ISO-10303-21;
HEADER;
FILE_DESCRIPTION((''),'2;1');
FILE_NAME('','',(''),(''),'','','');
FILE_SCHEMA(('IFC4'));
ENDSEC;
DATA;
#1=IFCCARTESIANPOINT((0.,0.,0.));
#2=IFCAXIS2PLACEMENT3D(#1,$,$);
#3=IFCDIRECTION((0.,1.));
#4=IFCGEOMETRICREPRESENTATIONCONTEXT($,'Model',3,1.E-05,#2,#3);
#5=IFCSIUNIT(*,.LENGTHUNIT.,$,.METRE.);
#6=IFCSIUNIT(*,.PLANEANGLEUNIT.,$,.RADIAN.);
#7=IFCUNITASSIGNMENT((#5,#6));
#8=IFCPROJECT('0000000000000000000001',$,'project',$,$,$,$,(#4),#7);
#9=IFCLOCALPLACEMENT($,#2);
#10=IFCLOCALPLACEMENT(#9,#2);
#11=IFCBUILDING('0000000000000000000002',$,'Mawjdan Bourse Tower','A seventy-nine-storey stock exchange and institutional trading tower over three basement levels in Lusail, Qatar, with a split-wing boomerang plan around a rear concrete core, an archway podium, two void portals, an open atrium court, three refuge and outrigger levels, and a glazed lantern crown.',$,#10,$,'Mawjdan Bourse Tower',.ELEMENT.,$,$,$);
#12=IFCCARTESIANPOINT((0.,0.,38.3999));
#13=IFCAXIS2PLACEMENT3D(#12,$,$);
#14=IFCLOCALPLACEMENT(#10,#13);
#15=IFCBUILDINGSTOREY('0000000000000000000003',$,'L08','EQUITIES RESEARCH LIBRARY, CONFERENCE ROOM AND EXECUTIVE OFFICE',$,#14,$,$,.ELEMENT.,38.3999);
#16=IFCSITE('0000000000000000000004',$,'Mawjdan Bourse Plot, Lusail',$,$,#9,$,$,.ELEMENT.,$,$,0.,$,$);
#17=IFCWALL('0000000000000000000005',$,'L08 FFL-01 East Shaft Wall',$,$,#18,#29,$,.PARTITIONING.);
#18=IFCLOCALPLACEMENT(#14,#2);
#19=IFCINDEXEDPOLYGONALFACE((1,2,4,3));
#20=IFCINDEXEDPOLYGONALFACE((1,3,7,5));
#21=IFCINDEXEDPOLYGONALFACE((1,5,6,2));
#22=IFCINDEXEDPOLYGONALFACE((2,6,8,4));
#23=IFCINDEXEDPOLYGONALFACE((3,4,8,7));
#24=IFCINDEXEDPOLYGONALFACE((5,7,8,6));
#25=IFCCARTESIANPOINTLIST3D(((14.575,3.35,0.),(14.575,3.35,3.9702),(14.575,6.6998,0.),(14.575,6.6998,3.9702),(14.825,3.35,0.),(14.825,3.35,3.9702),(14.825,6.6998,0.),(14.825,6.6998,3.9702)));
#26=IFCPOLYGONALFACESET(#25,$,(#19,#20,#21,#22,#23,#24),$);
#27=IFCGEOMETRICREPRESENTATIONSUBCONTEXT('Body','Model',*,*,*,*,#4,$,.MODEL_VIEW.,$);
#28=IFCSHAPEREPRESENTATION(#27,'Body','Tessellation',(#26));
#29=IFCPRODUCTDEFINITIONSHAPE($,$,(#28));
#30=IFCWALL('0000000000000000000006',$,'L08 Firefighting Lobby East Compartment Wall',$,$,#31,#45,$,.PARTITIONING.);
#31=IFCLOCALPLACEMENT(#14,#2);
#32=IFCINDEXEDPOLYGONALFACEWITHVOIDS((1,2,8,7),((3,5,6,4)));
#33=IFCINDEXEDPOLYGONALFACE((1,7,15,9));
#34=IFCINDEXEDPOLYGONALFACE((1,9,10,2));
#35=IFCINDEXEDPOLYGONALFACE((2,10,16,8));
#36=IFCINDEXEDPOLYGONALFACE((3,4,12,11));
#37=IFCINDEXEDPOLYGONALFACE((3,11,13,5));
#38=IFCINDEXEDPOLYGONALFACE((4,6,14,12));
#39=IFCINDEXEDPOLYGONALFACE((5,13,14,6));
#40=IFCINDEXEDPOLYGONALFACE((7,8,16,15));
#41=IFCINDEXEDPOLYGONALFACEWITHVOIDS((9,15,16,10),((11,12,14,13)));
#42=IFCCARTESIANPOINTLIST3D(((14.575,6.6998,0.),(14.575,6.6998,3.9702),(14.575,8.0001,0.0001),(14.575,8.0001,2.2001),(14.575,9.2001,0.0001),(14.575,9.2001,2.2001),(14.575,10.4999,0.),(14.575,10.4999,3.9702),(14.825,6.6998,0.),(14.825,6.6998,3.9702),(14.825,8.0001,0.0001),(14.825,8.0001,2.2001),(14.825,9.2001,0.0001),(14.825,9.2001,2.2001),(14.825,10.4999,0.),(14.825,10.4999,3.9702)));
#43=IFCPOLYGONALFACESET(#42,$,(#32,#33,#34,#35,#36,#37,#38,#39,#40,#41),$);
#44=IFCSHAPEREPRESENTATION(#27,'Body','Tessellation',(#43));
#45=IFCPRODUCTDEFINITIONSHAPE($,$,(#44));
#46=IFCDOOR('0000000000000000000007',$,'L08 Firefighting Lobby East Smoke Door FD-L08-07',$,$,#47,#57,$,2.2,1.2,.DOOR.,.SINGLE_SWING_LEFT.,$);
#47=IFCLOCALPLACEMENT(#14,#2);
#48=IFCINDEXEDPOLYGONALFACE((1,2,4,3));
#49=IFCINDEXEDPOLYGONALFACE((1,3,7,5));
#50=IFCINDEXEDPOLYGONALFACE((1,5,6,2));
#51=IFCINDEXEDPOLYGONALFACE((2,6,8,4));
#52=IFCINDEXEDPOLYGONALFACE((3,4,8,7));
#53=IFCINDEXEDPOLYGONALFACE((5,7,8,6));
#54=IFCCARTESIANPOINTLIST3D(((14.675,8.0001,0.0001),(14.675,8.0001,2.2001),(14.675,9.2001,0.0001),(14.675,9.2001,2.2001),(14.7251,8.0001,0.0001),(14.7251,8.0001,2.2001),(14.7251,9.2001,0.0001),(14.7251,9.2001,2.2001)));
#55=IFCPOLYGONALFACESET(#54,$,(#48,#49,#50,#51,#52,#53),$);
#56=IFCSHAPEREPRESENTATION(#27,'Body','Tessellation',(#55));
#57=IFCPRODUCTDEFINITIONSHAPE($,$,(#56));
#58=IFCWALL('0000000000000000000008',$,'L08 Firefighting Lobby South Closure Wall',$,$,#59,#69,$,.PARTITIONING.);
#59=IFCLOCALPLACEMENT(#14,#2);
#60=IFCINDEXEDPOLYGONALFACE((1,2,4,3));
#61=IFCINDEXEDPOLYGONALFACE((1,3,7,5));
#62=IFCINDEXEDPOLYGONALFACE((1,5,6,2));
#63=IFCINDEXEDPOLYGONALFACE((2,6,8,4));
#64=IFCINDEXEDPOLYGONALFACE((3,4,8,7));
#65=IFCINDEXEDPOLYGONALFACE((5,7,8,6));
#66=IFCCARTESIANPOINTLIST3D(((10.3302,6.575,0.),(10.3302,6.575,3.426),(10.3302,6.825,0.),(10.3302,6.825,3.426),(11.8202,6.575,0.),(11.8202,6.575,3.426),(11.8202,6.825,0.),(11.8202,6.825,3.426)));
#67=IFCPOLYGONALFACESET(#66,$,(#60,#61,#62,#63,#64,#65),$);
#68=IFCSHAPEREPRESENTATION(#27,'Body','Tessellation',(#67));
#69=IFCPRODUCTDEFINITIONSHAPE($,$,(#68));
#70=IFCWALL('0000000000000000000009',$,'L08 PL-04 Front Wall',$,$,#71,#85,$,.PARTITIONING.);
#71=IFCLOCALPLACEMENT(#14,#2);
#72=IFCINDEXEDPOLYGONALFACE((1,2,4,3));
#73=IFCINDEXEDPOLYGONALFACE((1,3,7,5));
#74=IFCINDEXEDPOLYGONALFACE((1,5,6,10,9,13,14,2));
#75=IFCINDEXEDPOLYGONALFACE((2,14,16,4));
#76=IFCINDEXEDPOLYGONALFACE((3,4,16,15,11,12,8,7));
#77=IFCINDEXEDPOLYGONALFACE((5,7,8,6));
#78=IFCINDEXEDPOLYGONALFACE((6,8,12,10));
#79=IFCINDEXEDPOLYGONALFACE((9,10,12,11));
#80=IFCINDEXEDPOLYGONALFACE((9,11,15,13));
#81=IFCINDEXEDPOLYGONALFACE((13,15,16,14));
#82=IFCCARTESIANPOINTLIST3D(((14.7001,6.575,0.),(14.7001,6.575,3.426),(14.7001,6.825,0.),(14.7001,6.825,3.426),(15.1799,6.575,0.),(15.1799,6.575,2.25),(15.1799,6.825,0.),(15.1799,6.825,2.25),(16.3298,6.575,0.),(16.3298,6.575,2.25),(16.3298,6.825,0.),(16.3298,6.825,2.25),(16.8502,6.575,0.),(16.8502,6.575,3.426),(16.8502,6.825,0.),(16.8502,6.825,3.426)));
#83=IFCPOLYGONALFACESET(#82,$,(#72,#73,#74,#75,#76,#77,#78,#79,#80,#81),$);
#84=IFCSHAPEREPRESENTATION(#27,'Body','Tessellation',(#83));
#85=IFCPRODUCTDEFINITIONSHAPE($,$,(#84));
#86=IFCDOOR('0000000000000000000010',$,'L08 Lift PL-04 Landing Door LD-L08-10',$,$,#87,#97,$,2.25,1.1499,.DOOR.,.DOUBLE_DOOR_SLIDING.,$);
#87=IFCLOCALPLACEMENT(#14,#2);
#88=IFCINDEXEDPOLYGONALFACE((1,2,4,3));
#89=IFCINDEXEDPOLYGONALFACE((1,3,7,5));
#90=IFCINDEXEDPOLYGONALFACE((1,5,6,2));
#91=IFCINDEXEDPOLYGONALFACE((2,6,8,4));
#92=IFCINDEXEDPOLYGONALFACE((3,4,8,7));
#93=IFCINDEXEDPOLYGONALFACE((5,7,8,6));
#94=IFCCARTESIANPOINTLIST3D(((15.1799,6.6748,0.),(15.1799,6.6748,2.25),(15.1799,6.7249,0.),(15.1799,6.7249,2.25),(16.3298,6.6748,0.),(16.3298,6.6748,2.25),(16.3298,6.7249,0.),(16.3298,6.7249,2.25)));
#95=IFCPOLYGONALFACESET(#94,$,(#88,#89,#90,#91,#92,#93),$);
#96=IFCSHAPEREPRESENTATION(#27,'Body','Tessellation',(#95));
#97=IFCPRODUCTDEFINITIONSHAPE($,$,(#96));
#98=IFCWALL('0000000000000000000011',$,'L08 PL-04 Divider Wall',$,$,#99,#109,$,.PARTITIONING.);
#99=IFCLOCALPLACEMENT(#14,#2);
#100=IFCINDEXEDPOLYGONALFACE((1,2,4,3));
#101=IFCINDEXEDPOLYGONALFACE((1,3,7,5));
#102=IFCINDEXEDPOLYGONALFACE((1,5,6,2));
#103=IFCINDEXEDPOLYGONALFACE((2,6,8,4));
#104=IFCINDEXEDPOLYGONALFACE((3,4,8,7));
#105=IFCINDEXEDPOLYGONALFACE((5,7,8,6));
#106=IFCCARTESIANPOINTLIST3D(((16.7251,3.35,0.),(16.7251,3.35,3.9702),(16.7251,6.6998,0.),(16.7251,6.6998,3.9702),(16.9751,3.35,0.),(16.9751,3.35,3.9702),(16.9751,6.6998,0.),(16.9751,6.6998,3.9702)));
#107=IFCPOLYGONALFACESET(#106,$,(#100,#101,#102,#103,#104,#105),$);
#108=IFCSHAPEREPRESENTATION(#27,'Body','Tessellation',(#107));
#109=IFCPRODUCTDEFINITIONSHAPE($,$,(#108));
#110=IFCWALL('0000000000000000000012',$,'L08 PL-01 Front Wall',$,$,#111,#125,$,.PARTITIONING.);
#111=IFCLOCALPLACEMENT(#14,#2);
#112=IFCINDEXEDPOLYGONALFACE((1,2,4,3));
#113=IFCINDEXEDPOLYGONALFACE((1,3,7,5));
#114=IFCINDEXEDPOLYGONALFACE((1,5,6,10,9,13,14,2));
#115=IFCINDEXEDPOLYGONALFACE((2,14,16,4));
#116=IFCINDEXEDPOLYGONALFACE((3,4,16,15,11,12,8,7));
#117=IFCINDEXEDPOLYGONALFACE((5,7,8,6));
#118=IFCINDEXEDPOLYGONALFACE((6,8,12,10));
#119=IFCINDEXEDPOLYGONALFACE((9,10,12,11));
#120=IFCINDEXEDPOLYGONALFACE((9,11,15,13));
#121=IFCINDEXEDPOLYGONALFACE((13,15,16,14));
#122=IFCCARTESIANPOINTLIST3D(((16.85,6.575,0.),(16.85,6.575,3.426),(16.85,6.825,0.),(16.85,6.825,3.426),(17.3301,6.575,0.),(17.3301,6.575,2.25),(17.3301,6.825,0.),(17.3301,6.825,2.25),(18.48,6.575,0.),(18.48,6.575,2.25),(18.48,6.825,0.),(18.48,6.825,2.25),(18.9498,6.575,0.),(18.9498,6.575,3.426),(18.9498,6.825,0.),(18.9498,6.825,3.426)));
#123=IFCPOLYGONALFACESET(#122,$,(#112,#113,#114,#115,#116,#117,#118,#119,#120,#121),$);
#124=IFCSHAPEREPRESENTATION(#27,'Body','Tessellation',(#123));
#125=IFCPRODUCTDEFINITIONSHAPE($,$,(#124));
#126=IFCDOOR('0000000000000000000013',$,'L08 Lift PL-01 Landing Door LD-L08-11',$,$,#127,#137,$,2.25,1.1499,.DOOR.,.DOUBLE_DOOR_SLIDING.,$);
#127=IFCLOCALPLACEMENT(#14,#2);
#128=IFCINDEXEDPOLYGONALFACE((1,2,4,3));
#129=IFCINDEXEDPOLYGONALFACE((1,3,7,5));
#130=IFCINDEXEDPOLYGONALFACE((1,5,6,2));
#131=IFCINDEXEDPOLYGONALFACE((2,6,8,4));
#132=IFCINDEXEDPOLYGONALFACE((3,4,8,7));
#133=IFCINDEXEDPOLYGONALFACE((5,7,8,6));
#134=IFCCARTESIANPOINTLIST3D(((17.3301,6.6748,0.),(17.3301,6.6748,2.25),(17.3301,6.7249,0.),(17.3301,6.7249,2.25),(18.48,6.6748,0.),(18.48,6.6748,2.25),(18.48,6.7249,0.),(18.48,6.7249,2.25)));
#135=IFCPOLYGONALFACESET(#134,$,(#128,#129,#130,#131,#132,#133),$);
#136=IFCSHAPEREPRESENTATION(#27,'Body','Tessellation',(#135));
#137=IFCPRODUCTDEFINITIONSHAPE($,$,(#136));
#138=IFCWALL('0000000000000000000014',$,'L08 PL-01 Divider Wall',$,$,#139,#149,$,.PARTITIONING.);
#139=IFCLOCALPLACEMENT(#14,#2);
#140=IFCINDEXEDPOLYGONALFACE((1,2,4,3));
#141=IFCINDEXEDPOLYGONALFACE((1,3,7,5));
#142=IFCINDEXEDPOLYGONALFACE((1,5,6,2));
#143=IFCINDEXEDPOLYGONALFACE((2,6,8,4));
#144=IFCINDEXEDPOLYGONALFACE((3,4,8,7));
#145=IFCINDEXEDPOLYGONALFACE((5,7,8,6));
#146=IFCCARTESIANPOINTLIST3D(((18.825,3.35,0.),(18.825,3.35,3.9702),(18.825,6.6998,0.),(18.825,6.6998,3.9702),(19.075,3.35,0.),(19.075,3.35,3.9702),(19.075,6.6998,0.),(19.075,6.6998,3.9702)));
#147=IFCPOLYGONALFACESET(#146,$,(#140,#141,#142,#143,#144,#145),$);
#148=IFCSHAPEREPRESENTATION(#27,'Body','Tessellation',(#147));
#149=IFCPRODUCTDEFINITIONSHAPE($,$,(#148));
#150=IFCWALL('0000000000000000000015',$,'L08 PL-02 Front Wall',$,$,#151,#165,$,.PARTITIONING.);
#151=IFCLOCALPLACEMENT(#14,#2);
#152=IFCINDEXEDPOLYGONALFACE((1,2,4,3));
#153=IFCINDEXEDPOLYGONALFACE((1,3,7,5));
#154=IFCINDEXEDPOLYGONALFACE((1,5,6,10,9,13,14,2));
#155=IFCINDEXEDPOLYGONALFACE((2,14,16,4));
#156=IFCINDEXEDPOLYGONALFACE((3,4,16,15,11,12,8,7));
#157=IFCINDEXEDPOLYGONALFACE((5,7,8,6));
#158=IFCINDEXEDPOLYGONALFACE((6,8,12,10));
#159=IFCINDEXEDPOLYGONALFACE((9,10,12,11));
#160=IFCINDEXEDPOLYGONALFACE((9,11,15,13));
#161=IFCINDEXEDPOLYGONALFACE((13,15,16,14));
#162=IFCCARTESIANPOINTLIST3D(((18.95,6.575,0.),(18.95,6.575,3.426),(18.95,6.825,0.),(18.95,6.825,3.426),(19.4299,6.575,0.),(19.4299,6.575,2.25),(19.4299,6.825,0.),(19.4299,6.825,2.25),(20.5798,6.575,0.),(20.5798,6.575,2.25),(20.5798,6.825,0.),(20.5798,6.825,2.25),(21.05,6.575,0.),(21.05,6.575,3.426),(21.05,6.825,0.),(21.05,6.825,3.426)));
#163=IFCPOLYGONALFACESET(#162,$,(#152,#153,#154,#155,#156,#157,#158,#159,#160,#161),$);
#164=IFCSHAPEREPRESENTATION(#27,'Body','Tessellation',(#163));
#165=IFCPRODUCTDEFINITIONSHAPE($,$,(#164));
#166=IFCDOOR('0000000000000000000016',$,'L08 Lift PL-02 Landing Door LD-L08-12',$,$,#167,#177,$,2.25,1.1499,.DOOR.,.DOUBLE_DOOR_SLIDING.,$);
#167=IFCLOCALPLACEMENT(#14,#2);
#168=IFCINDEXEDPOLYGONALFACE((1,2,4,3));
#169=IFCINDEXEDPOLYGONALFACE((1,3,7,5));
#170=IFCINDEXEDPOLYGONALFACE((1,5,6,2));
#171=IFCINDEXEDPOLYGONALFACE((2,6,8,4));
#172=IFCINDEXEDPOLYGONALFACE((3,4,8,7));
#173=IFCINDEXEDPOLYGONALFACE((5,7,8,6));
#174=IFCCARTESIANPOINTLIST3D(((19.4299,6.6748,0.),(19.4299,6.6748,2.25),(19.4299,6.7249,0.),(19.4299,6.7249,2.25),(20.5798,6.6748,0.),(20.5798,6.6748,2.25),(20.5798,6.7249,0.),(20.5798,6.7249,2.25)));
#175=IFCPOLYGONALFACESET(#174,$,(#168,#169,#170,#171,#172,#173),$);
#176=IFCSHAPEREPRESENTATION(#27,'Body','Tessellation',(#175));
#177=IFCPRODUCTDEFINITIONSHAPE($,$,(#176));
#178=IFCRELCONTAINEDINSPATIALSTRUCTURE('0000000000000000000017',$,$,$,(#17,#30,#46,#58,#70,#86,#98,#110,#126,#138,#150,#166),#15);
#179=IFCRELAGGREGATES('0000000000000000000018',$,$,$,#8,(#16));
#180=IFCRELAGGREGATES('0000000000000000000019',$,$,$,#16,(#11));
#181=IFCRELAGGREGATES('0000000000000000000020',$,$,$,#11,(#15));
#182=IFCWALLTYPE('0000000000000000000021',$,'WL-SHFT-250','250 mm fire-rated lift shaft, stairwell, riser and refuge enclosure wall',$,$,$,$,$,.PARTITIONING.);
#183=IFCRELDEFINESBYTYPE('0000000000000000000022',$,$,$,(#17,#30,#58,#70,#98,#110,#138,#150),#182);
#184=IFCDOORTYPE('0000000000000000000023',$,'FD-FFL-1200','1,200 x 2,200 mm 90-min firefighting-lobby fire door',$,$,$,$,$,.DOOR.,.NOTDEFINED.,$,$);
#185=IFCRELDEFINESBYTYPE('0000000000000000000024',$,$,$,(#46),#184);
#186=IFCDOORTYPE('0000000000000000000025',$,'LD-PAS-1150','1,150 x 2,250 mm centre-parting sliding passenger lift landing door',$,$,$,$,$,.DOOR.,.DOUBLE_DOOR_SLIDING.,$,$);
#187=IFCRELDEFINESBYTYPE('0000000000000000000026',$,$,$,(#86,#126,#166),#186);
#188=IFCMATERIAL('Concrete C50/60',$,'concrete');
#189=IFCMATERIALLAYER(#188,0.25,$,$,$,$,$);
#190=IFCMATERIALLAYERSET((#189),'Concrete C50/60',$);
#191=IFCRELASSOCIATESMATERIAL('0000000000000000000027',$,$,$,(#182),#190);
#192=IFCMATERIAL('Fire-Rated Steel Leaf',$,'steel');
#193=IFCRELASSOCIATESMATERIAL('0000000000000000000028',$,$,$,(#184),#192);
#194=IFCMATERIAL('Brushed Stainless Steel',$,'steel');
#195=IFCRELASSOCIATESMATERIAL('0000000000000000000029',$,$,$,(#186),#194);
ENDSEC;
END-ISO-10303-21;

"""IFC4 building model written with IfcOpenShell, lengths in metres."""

from ifc_helpers import new_model, si_unit, direction, frame, frame_2d, origin, place, context, subcontext, project, spatial, rectangle, extrude, material, layer, layer_set, type_object, element, fill, save


model = new_model("IFC4")

# Units and contexts
model_context = context("Model", 3, precision=1e-05, world=origin(), true_north=direction((0.0, 1.0)))
body_context = subcontext(model_context, "Body", "Model", "MODEL_VIEW")
ifc_project = project(units=[si_unit("LENGTHUNIT", "METRE"), si_unit("PLANEANGLEUNIT", "RADIAN")], contexts=[model_context])

# Site, building, storey
site_placement = place(None, origin())
site = spatial("IfcSite", under=ifc_project, at=site_placement, Name="Mawjdan Bourse Plot, Lusail", CompositionType="ELEMENT", RefElevation=0.0)
building_placement = place(site_placement, origin())
building = spatial("IfcBuilding", under=site, at=building_placement, Name="Mawjdan Bourse Tower", Description="A seventy-nine-storey stock exchange and institutional trading tower over three basement levels in Lusail, Qatar, with a split-wing boomerang plan around a rear concrete core, an archway podium, two void portals, an open atrium court, three refuge and outrigger levels, and a glazed lantern crown.", LongName="Mawjdan Bourse Tower", CompositionType="ELEMENT")
storey_placement = place(building_placement, frame((0.0, 0.0, 38.3999)))
storey = spatial("IfcBuildingStorey", under=building, at=storey_placement, Name="L08", Description="EQUITIES RESEARCH LIBRARY, CONFERENCE ROOM AND EXECUTIVE OFFICE", CompositionType="ELEMENT", Elevation=38.3999)

# Shared definitions
ifc_material_1 = material(Name="Concrete C50/60", Category="concrete")
ifc_layer_1 = layer(ifc_material_1, 0.25)
ifc_layer_set_1 = layer_set([ifc_layer_1], Name="Concrete C50/60")
wall_type_1 = type_object("IfcWallType", Name="WL-SHFT-250", Description="250 mm fire-rated lift shaft, stairwell, riser and refuge enclosure wall", PredefinedType="PARTITIONING", material=ifc_layer_set_1)

# Shared definitions
ifc_material_2 = material(Name="Brushed Stainless Steel", Category="steel")

# Wall
wall_1_placement = place(storey_placement, frame((14.7, 3.3501, 0.0), z_axis=(0.0, 0.0, 1.0), x_axis=(0.0, 1.0, 0.0)))
element("IfcWall", 1, at=wall_1_placement, inside=storey, type_object=wall_type_1, Name="L08 FFL-01 East Shaft Wall", PredefinedType="PARTITIONING", context=body_context, shape_type="SweptSolid", body=[
    extrude(rectangle(XDim=3.3499, YDim=0.25, at=frame_2d((1.6748, 0.0))), origin(), (0.0, 0.0, 1.0), 3.9702),
])

# Wall, opening, door
wall_2_placement = place(storey_placement, frame((14.7, 6.7, 0.0), z_axis=(0.0, 0.0, 1.0), x_axis=(0.0, 1.0, 0.0)))
wall_2 = element("IfcWall", 2, at=wall_2_placement, inside=storey, type_object=wall_type_1, Name="L08 Firefighting Lobby East Compartment Wall", PredefinedType="PARTITIONING", context=body_context, shape_type="SweptSolid", body=[
    extrude(rectangle(XDim=3.8, YDim=0.25, at=frame_2d((1.8999, 0.0))), origin(), (0.0, 0.0, 1.0), 3.9702),
])
opening_1_placement = place(wall_2_placement, frame((1.3, 0.0, 0.0)))
opening_1 = element("IfcOpeningElement", 3, at=opening_1_placement, cuts=wall_2, PredefinedType="OPENING", context=body_context, shape_type="SweptSolid", body=[
    extrude(rectangle(XDim=1.2, YDim=2.2, at=frame_2d((0.6001, 1.1001))), frame((0.0, 0.135, 0.0), z_axis=(0.0, -1.0, 0.0), x_axis=(1.0, 0.0, 0.0)), (0.0, 0.0, 1.0), 0.27),
])
ifc_material_3 = material(Name="Fire-Rated Steel Leaf", Category="steel")
door_type_1 = type_object("IfcDoorType", Name="FD-FFL-1200", Description="1,200 x 2,200 mm 90-min firefighting-lobby fire door", OperationType="NOTDEFINED", PredefinedType="DOOR", material=ifc_material_3)
door_1_placement = place(opening_1_placement, origin())
door_1 = element("IfcDoor", 4, at=door_1_placement, inside=storey, type_object=door_type_1, Name="L08 Firefighting Lobby East Smoke Door FD-L08-07", OperationType="SINGLE_SWING_LEFT", OverallHeight=2.2, OverallWidth=1.2, PredefinedType="DOOR", context=body_context, shape_type="SweptSolid", body=[
    extrude(rectangle(XDim=1.2, YDim=2.2, at=frame_2d((0.6001, 1.1001))), frame((0.0, 0.0249, 0.0), z_axis=(0.0, -1.0, 0.0), x_axis=(1.0, 0.0, 0.0)), (0.0, 0.0, 1.0), 0.05),
])
fill(opening_1, door_1)

# Wall
wall_3_placement = place(storey_placement, frame((10.3301, 6.7, 0.0), z_axis=(0.0, 0.0, 1.0), x_axis=(1.0, 0.0, 0.0)))
element("IfcWall", 5, at=wall_3_placement, inside=storey, type_object=wall_type_1, Name="L08 Firefighting Lobby South Closure Wall", PredefinedType="PARTITIONING", context=body_context, shape_type="SweptSolid", body=[
    extrude(rectangle(XDim=1.49, YDim=0.25, at=frame_2d((0.7451, 0.0))), origin(), (0.0, 0.0, 1.0), 3.426),
])

# Wall, opening, door
wall_4_placement = place(storey_placement, frame((14.7, 6.7, 0.0), z_axis=(0.0, 0.0, 1.0), x_axis=(1.0, 0.0, 0.0)))
wall_4 = element("IfcWall", 6, at=wall_4_placement, inside=storey, type_object=wall_type_1, Name="L08 PL-04 Front Wall", PredefinedType="PARTITIONING", context=body_context, shape_type="SweptSolid", body=[
    extrude(rectangle(XDim=2.1501, YDim=0.25, at=frame_2d((1.0752, 0.0))), origin(), (0.0, 0.0, 1.0), 3.426),
])
opening_2_placement = place(wall_4_placement, frame((0.48, 0.0, 0.0)))
opening_2 = element("IfcOpeningElement", 7, at=opening_2_placement, cuts=wall_4, PredefinedType="OPENING", context=body_context, shape_type="SweptSolid", body=[
    extrude(rectangle(XDim=1.1499, YDim=2.25, at=frame_2d((0.575, 1.125))), frame((0.0, 0.135, 0.0), z_axis=(0.0, -1.0, 0.0), x_axis=(1.0, 0.0, 0.0)), (0.0, 0.0, 1.0), 0.27),
])
door_type_2 = type_object("IfcDoorType", Name="LD-PAS-1150", Description="1,150 x 2,250 mm centre-parting sliding passenger lift landing door", OperationType="DOUBLE_DOOR_SLIDING", PredefinedType="DOOR", material=ifc_material_2)
door_2_placement = place(opening_2_placement, origin())
door_2 = element("IfcDoor", 8, at=door_2_placement, inside=storey, type_object=door_type_2, Name="L08 Lift PL-04 Landing Door LD-L08-10", OperationType="DOUBLE_DOOR_SLIDING", OverallHeight=2.25, OverallWidth=1.1499, PredefinedType="DOOR", context=body_context, shape_type="SweptSolid", body=[
    extrude(rectangle(XDim=1.1499, YDim=2.25, at=frame_2d((0.575, 1.125))), frame((0.0, 0.0249, 0.0), z_axis=(0.0, -1.0, 0.0), x_axis=(1.0, 0.0, 0.0)), (0.0, 0.0, 1.0), 0.05),
])
fill(opening_2, door_2)

# Wall
wall_5_placement = place(storey_placement, frame((16.8501, 3.3501, 0.0), z_axis=(0.0, 0.0, 1.0), x_axis=(0.0, 1.0, 0.0)))
element("IfcWall", 9, at=wall_5_placement, inside=storey, type_object=wall_type_1, Name="L08 PL-04 Divider Wall", PredefinedType="PARTITIONING", context=body_context, shape_type="SweptSolid", body=[
    extrude(rectangle(XDim=3.3499, YDim=0.25, at=frame_2d((1.6748, 0.0))), origin(), (0.0, 0.0, 1.0), 3.9702),
])

# Wall, opening, door
wall_6_placement = place(storey_placement, frame((16.8501, 6.7, 0.0), z_axis=(0.0, 0.0, 1.0), x_axis=(1.0, 0.0, 0.0)))
wall_6 = element("IfcWall", 10, at=wall_6_placement, inside=storey, type_object=wall_type_1, Name="L08 PL-01 Front Wall", PredefinedType="PARTITIONING", context=body_context, shape_type="SweptSolid", body=[
    extrude(rectangle(XDim=2.0999, YDim=0.25, at=frame_2d((1.0498, 0.0))), origin(), (0.0, 0.0, 1.0), 3.426),
])
opening_3_placement = place(wall_6_placement, frame((0.48, 0.0, 0.0)))
opening_3 = element("IfcOpeningElement", 11, at=opening_3_placement, cuts=wall_6, PredefinedType="OPENING", context=body_context, shape_type="SweptSolid", body=[
    extrude(rectangle(XDim=1.1499, YDim=2.25, at=frame_2d((0.575, 1.125))), frame((0.0, 0.135, 0.0), z_axis=(0.0, -1.0, 0.0), x_axis=(1.0, 0.0, 0.0)), (0.0, 0.0, 1.0), 0.27),
])
door_3_placement = place(opening_3_placement, origin())
door_3 = element("IfcDoor", 12, at=door_3_placement, inside=storey, type_object=door_type_2, Name="L08 Lift PL-01 Landing Door LD-L08-11", OperationType="DOUBLE_DOOR_SLIDING", OverallHeight=2.25, OverallWidth=1.1499, PredefinedType="DOOR", context=body_context, shape_type="SweptSolid", body=[
    extrude(rectangle(XDim=1.1499, YDim=2.25, at=frame_2d((0.575, 1.125))), frame((0.0, 0.0249, 0.0), z_axis=(0.0, -1.0, 0.0), x_axis=(1.0, 0.0, 0.0)), (0.0, 0.0, 1.0), 0.05),
])
fill(opening_3, door_3)

# Wall
wall_7_placement = place(storey_placement, frame((18.95, 3.3501, 0.0), z_axis=(0.0, 0.0, 1.0), x_axis=(0.0, 1.0, 0.0)))
element("IfcWall", 13, at=wall_7_placement, inside=storey, type_object=wall_type_1, Name="L08 PL-01 Divider Wall", PredefinedType="PARTITIONING", context=body_context, shape_type="SweptSolid", body=[
    extrude(rectangle(XDim=3.3499, YDim=0.25, at=frame_2d((1.6748, 0.0))), origin(), (0.0, 0.0, 1.0), 3.9702),
])

# Wall, opening, door
wall_8_placement = place(storey_placement, frame((18.95, 6.7, 0.0), z_axis=(0.0, 0.0, 1.0), x_axis=(1.0, 0.0, 0.0)))
wall_8 = element("IfcWall", 14, at=wall_8_placement, inside=storey, type_object=wall_type_1, Name="L08 PL-02 Front Wall", PredefinedType="PARTITIONING", context=body_context, shape_type="SweptSolid", body=[
    extrude(rectangle(XDim=2.1001, YDim=0.25, at=frame_2d((1.05, 0.0))), origin(), (0.0, 0.0, 1.0), 3.426),
])
opening_4_placement = place(wall_8_placement, frame((0.48, 0.0, 0.0)))
opening_4 = element("IfcOpeningElement", 15, at=opening_4_placement, cuts=wall_8, PredefinedType="OPENING", context=body_context, shape_type="SweptSolid", body=[
    extrude(rectangle(XDim=1.1499, YDim=2.25, at=frame_2d((0.575, 1.125))), frame((0.0, 0.135, 0.0), z_axis=(0.0, -1.0, 0.0), x_axis=(1.0, 0.0, 0.0)), (0.0, 0.0, 1.0), 0.27),
])
door_4_placement = place(opening_4_placement, origin())
door_4 = element("IfcDoor", 16, at=door_4_placement, inside=storey, type_object=door_type_2, Name="L08 Lift PL-02 Landing Door LD-L08-12", OperationType="DOUBLE_DOOR_SLIDING", OverallHeight=2.25, OverallWidth=1.1499, PredefinedType="DOOR", context=body_context, shape_type="SweptSolid", body=[
    extrude(rectangle(XDim=1.1499, YDim=2.25, at=frame_2d((0.575, 1.125))), frame((0.0, 0.0249, 0.0), z_axis=(0.0, -1.0, 0.0), x_axis=(1.0, 0.0, 0.0)), (0.0, 0.0, 1.0), 0.05),
])
fill(opening_4, door_4)

save(model, "model.ifc")
